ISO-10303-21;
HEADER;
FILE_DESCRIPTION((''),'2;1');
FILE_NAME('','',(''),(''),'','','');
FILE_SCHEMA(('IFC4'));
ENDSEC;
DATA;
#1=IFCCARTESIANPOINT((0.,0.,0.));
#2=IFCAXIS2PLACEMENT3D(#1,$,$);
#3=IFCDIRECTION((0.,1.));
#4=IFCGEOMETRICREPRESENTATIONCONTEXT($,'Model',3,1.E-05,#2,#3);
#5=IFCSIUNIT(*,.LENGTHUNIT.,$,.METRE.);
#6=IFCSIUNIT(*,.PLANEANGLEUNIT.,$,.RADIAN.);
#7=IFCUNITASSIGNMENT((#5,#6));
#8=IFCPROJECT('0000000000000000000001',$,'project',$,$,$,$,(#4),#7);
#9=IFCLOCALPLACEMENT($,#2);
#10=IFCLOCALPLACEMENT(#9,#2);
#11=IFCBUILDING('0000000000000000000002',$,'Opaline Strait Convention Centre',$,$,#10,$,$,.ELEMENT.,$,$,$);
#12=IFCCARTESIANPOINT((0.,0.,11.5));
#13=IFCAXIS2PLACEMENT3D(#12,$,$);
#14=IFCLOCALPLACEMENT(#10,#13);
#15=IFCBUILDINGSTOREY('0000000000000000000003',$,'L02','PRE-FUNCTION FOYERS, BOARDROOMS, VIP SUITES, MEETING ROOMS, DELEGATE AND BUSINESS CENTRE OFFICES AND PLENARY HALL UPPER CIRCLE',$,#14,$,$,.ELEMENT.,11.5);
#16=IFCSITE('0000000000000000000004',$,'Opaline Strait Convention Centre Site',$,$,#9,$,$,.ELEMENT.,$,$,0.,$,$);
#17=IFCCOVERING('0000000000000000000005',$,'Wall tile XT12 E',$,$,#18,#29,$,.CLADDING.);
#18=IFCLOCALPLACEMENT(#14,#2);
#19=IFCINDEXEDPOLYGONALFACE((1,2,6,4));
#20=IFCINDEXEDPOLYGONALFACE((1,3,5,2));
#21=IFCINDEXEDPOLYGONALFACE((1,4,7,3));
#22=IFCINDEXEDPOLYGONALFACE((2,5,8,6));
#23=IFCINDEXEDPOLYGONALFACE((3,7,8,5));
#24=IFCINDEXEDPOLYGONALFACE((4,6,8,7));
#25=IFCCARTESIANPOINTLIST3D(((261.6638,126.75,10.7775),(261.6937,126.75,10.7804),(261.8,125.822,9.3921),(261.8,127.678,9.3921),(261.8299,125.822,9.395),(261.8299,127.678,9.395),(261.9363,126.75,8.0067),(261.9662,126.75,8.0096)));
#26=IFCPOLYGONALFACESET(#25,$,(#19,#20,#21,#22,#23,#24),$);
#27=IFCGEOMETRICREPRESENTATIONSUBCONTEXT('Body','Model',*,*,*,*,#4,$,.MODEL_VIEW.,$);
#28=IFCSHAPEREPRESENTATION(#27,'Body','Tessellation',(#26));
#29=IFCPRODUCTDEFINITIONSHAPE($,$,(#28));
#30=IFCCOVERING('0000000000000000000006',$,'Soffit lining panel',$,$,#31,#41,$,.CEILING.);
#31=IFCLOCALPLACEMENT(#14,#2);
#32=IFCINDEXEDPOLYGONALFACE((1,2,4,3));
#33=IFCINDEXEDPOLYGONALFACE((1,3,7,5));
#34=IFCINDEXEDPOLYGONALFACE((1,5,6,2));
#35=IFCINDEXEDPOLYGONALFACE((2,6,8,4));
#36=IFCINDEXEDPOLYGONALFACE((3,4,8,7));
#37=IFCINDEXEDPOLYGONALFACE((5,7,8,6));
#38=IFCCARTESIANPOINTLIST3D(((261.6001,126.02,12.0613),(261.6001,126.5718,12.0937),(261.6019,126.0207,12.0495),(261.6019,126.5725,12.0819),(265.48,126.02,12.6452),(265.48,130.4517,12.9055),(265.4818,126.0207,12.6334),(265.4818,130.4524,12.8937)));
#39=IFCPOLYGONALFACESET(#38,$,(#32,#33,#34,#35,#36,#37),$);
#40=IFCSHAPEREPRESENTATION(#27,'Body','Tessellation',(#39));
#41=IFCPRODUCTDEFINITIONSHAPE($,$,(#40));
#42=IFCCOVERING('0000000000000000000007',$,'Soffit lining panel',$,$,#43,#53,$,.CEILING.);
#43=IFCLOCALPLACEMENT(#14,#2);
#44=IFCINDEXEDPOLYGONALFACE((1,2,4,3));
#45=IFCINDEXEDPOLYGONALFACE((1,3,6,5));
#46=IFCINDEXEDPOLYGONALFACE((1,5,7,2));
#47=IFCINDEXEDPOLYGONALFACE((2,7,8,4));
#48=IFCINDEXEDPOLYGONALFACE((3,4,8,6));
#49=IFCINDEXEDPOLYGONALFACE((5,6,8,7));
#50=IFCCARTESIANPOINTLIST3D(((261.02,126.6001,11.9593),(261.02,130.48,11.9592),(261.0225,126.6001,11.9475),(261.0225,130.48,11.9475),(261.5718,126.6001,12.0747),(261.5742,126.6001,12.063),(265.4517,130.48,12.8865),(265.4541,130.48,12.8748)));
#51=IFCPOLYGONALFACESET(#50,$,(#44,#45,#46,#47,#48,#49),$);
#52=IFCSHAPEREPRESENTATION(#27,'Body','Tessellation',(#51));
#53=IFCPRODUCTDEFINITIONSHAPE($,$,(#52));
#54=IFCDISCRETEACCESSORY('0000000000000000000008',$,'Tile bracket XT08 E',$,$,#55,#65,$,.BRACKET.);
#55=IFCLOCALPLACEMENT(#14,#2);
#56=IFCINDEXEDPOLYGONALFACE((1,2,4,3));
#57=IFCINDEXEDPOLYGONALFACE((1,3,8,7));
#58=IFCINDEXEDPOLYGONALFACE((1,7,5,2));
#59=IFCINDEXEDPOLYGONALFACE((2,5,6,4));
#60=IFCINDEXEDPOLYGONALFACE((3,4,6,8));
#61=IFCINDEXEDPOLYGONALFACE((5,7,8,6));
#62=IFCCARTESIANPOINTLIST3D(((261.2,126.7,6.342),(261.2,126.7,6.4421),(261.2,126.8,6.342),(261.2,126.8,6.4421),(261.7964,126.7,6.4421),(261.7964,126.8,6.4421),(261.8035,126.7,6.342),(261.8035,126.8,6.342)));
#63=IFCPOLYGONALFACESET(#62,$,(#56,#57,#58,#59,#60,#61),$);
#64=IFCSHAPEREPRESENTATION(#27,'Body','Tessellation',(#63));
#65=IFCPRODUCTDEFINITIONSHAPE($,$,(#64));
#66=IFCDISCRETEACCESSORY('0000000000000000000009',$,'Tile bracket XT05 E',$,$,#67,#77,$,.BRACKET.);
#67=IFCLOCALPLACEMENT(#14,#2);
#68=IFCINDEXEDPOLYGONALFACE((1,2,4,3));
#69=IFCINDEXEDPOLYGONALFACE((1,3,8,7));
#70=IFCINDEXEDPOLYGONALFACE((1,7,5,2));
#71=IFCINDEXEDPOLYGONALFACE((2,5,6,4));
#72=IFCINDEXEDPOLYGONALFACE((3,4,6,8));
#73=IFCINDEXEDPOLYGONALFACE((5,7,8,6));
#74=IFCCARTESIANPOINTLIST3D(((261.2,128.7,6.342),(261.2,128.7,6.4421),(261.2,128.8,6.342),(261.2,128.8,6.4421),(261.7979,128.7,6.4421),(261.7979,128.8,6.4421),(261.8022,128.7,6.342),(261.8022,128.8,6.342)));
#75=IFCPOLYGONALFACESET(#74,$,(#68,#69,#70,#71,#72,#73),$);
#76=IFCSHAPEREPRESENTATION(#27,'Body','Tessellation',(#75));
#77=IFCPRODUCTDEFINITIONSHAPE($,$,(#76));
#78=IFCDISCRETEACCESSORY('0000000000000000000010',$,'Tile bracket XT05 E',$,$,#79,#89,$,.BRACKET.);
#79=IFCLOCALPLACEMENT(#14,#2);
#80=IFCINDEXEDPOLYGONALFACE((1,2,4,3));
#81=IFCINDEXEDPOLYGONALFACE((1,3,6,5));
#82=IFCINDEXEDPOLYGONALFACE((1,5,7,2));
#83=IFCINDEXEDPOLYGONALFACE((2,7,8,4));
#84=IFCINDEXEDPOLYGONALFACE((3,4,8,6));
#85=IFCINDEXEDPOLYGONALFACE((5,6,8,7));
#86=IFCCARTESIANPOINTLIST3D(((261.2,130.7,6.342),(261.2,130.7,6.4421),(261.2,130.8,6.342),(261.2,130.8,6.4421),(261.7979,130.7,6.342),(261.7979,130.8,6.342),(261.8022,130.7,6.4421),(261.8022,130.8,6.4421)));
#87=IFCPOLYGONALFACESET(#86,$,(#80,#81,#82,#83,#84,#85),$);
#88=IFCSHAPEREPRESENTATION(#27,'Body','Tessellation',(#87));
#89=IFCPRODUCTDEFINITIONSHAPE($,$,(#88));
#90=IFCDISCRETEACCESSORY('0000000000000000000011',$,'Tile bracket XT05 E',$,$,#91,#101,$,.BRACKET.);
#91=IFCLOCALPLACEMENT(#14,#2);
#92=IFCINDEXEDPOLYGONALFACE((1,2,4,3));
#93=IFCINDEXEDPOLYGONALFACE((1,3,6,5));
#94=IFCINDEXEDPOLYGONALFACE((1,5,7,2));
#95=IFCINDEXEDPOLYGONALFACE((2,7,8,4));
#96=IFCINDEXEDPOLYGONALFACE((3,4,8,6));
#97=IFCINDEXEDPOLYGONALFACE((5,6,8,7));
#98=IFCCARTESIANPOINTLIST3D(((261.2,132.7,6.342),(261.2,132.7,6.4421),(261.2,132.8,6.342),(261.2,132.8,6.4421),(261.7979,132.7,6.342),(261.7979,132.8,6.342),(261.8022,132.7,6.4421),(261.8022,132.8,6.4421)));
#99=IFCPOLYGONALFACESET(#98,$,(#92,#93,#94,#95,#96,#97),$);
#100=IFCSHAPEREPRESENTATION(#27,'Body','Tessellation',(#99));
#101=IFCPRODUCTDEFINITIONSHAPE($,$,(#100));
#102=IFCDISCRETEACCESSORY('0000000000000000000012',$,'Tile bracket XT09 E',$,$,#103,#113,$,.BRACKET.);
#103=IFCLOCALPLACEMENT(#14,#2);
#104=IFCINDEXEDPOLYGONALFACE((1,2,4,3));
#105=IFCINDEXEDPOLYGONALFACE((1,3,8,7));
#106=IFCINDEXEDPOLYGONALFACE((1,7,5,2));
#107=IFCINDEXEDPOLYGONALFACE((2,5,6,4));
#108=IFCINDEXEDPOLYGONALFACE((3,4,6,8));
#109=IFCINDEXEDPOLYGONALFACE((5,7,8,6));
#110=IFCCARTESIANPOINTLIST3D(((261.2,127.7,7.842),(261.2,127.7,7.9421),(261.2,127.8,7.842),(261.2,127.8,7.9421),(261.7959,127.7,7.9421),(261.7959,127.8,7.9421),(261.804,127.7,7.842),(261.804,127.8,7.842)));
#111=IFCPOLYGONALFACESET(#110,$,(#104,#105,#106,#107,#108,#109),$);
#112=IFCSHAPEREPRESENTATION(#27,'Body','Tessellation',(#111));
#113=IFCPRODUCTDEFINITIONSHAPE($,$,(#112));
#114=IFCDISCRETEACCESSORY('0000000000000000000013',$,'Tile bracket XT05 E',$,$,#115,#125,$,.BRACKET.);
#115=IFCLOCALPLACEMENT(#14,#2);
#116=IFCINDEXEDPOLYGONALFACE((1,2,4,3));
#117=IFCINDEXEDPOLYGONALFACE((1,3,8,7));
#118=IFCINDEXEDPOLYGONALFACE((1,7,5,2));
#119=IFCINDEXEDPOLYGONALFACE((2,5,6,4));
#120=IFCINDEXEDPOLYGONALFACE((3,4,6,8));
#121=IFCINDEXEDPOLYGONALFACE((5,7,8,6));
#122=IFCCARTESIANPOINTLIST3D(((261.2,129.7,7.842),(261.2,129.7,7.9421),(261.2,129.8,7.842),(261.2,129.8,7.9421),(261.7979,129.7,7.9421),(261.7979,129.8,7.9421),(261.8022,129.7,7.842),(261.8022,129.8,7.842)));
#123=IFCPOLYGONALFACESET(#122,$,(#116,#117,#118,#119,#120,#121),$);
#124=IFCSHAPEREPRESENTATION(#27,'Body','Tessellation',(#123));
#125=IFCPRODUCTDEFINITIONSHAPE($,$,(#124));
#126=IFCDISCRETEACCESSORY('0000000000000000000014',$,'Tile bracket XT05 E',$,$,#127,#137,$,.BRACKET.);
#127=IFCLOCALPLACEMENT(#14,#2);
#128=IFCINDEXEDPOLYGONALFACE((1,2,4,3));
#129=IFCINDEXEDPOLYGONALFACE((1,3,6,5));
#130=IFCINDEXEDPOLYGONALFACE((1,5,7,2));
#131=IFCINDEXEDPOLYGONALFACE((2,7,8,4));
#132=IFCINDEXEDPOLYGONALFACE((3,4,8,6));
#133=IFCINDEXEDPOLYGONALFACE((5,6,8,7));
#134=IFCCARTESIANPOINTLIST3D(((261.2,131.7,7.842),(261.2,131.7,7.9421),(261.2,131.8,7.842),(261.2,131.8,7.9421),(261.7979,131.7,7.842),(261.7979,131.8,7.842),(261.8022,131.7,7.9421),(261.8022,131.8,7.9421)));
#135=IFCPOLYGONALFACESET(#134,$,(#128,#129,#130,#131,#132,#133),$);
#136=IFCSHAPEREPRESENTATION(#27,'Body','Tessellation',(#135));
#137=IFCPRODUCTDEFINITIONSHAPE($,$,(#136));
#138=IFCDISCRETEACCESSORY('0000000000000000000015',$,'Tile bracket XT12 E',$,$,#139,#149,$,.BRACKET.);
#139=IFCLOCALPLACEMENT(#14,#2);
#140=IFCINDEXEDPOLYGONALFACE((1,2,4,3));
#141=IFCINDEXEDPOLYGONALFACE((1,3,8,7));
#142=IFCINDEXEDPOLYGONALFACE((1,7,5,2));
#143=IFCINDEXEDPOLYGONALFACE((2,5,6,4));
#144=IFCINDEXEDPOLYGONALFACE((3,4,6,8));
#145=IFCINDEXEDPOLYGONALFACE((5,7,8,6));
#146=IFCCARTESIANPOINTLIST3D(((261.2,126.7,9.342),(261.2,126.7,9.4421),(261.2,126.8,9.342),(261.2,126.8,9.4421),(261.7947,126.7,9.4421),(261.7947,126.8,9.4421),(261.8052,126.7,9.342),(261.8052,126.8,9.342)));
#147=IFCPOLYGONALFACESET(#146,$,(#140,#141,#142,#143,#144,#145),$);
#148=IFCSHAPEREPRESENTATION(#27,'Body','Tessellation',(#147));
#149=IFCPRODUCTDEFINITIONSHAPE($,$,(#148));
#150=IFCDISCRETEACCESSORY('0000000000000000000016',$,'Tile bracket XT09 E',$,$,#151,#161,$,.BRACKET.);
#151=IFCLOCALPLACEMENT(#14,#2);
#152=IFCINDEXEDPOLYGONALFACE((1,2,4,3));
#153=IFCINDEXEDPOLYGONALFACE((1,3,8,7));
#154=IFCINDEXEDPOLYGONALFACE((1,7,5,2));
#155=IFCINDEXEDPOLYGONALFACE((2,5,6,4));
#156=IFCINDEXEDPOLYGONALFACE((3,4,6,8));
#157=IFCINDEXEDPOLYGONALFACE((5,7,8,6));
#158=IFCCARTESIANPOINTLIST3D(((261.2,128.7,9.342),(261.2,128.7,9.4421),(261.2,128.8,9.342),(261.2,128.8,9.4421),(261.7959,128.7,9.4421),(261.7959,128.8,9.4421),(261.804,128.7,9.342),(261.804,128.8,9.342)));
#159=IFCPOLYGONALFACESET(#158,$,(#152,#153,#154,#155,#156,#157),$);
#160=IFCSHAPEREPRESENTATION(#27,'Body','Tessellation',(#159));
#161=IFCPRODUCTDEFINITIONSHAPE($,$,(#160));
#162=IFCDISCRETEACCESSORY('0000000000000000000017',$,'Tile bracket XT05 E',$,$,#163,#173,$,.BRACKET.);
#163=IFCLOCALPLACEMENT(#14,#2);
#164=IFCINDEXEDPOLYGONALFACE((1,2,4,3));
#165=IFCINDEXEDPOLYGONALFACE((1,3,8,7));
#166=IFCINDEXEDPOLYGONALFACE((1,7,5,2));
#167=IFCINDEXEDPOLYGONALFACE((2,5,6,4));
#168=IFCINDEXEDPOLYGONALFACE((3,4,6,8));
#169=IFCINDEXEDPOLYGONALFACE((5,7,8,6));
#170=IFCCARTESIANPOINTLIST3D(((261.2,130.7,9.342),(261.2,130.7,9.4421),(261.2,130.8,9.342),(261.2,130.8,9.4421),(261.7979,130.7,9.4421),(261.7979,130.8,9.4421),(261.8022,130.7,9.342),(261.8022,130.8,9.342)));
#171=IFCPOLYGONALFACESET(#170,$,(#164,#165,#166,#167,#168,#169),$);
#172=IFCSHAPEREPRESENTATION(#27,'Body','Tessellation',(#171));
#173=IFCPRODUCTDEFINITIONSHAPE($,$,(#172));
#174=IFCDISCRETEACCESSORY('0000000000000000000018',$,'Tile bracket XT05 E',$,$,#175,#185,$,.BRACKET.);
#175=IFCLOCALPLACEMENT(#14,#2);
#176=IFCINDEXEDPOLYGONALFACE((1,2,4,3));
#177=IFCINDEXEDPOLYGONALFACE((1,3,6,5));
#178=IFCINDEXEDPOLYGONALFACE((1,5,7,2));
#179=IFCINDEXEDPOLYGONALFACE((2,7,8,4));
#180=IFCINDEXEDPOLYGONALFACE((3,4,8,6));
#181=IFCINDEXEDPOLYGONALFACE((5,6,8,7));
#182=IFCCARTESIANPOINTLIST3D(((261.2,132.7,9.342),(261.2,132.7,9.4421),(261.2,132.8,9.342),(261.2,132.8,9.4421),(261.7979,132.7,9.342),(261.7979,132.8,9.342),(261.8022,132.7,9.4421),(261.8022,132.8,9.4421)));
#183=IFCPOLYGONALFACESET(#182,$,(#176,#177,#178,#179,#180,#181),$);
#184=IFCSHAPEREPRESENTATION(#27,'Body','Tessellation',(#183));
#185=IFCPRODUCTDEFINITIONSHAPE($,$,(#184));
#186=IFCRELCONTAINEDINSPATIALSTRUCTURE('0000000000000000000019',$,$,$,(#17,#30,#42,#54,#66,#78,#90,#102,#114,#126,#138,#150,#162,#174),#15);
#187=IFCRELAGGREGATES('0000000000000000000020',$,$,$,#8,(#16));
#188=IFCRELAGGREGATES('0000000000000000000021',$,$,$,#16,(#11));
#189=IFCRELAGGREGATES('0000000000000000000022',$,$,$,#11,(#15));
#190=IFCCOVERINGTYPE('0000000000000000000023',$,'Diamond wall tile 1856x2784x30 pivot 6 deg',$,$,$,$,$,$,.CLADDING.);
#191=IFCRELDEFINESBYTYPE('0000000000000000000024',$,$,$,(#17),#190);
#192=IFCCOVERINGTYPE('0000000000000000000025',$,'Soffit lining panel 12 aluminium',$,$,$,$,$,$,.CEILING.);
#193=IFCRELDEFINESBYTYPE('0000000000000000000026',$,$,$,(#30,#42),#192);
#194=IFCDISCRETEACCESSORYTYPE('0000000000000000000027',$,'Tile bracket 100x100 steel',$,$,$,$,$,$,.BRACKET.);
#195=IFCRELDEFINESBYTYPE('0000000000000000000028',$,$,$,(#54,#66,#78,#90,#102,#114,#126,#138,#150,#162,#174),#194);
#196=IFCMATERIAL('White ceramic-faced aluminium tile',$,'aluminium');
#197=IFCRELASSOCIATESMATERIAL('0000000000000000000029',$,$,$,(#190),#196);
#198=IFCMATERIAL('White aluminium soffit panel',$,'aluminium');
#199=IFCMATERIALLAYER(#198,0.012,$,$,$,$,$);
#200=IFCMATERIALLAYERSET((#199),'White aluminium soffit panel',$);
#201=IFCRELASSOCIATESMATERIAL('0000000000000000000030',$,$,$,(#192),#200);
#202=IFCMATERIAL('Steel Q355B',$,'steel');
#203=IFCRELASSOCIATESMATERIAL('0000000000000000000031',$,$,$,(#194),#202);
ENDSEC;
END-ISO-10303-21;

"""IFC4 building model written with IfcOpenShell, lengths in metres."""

from ifc_helpers import new_model, si_unit, direction, frame, origin, place, context, subcontext, project, spatial, polyline, outline, extrude, material, layer, layer_set, material_profile, profile_set, type_object, element, save


model = new_model("IFC4")

# Units and contexts
model_context = context("Model", 3, precision=1e-05, world=origin(), true_north=direction((0.0, 1.0)))
body_context = subcontext(model_context, "Body", "Model", "MODEL_VIEW")
ifc_project = project(units=[si_unit("LENGTHUNIT", "METRE"), si_unit("PLANEANGLEUNIT", "RADIAN")], contexts=[model_context])

# Site, building, storey
site_placement = place(None, origin())
site = spatial("IfcSite", under=ifc_project, at=site_placement, Name="Opaline Strait Convention Centre Site", CompositionType="ELEMENT", RefElevation=0.0)
building_placement = place(site_placement, origin())
building = spatial("IfcBuilding", under=site, at=building_placement, Name="Opaline Strait Convention Centre", CompositionType="ELEMENT")
storey_placement = place(building_placement, frame((0.0, 0.0, 11.5)))
storey = spatial("IfcBuildingStorey", under=building, at=storey_placement, Name="L02", Description="PRE-FUNCTION FOYERS, BOARDROOMS, VIP SUITES, MEETING ROOMS, DELEGATE AND BUSINESS CENTRE OFFICES AND PLENARY HALL UPPER CIRCLE", CompositionType="ELEMENT", Elevation=11.5)

# Shared definitions
ifc_material_1 = material(Name="Steel Q355B", Category="steel")

# Coverings
ifc_material_2 = material(Name="White ceramic-faced aluminium tile", Category="aluminium")
ifc_material_profile_1 = material_profile(ifc_material_2, outline(polyline([(0.928, 0.0), (0.0, 1.3921), (-0.928, 0.0), (0.0, -1.3921), (0.928, 0.0)])), Name="Diamond tile 1856x2784")
ifc_profile_set_1 = profile_set([ifc_material_profile_1], Name="White ceramic-faced aluminium tile")
covering_type_1 = type_object("IfcCoveringType", Name="Diamond wall tile 1856x2784x30 pivot 6 deg", PredefinedType="CLADDING", material=ifc_profile_set_1)
covering_1_placement = place(storey_placement, frame((261.8, 126.75, 9.3921), z_axis=(0.995197, 0.0, 0.097888), x_axis=(0.0, 1.0, 0.0)))
element("IfcCovering", 1, at=covering_1_placement, inside=storey, type_object=covering_type_1, Name="Wall tile XT12 E", PredefinedType="CLADDING", context=body_context, shape_type="SweptSolid", body=[
    extrude(outline(polyline([(0.928, 0.0), (0.0, 1.3921), (-0.928, 0.0), (0.0, -1.3921), (0.928, 0.0)])), origin(), (0.0, 0.0, 1.0), 0.03),
])
ifc_material_3 = material(Name="White aluminium soffit panel", Category="aluminium")
ifc_layer = layer(ifc_material_3, 0.012)
ifc_layer_set = layer_set([ifc_layer], Name="White aluminium soffit panel")
covering_type_2 = type_object("IfcCoveringType", Name="Soffit lining panel 12 aluminium", PredefinedType="CEILING", material=ifc_layer_set)
covering_2_placement = place(storey_placement, frame((261.6001, 126.02, 12.0613), z_axis=(-0.148574, -0.057988, 0.9872), x_axis=(0.000016, 0.998279, 0.058641)))
element("IfcCovering", 2, at=covering_2_placement, inside=storey, type_object=covering_type_2, Name="Soffit lining panel", PredefinedType="CEILING", context=body_context, shape_type="SweptSolid", body=[
    extrude(outline(polyline([(0.0, 0.0), (0.5527, 0.0), (4.4736, -3.9234), (0.0343, -3.9234), (0.0, 0.0)])), origin(), (0.0, 0.0, -1.0), 0.012),
])
covering_3_placement = place(storey_placement, frame((261.5718, 126.6001, 12.0747), z_axis=(-0.204804, 0.000007, 0.978803), x_axis=(-0.978803, 0.0, -0.204804)))
element("IfcCovering", 3, at=covering_3_placement, inside=storey, type_object=covering_type_2, Name="Soffit lining panel", PredefinedType="CEILING", context=body_context, shape_type="SweptSolid", body=[
    extrude(outline(polyline([(0.0, 0.0), (0.5637, 0.0), (0.5637, -3.8799), (-3.9639, -3.8799), (0.0, 0.0)])), origin(), (0.0, 0.0, -1.0), 0.012),
])

# Discrete accessories
discrete_accessory_type = type_object("IfcDiscreteAccessoryType", Name="Tile bracket 100x100 steel", PredefinedType="BRACKET", material=ifc_material_1)
discrete_accessory_1_placement = place(storey_placement, frame((261.2, 126.7, 6.3921), z_axis=(0.0, 1.0, 0.0), x_axis=(-1.0, 0.0, 0.0)))
element("IfcDiscreteAccessory", 4, at=discrete_accessory_1_placement, inside=storey, type_object=discrete_accessory_type, Name="Tile bracket XT08 E", PredefinedType="BRACKET", context=body_context, shape_type="SweptSolid", body=[
    extrude(outline(polyline([(0.0, -0.05), (0.0, 0.05), (-0.5964, 0.05), (-0.6035, -0.05), (0.0, -0.05)])), origin(), (0.0, 0.0, 1.0), 0.1001),
])
discrete_accessory_2_placement = place(storey_placement, frame((261.2, 128.7, 6.3921), z_axis=(0.0, 1.0, 0.0), x_axis=(-1.0, 0.0, 0.0)))
element("IfcDiscreteAccessory", 5, at=discrete_accessory_2_placement, inside=storey, type_object=discrete_accessory_type, Name="Tile bracket XT05 E", PredefinedType="BRACKET", context=body_context, shape_type="SweptSolid", body=[
    extrude(outline(polyline([(0.0, -0.05), (0.0, 0.05), (-0.5979, 0.05), (-0.6023, -0.05), (0.0, -0.05)])), origin(), (0.0, 0.0, 1.0), 0.1001),
])
for number, where, z_axis, x_axis, name in (
    (6, (261.2, 130.7, 6.3921), (0.0, 1.0, 0.0), (-1.0, 0.0, 0.0), "Tile bracket XT05 E"),
    (7, (261.2, 132.7, 6.3921), (0.0, 1.0, 0.0), (-1.0, 0.0, 0.0), "Tile bracket XT05 E"),
):
    element("IfcDiscreteAccessory", number, at=place(storey_placement, frame(where, z_axis=z_axis, x_axis=x_axis)), inside=storey, type_object=discrete_accessory_type, Name=name, PredefinedType="BRACKET", context=body_context, shape_type="SweptSolid", body=[
        extrude(outline(polyline([(0.0, -0.05), (0.0, 0.05), (-0.6023, 0.05), (-0.5979, -0.05), (0.0, -0.05)])), origin(), (0.0, 0.0, 1.0), 0.1001),
    ])
discrete_accessory_3_placement = place(storey_placement, frame((261.2, 127.7, 7.8921), z_axis=(0.0, 1.0, 0.0), x_axis=(-1.0, 0.0, 0.0)))
element("IfcDiscreteAccessory", 8, at=discrete_accessory_3_placement, inside=storey, type_object=discrete_accessory_type, Name="Tile bracket XT09 E", PredefinedType="BRACKET", context=body_context, shape_type="SweptSolid", body=[
    extrude(outline(polyline([(0.0, -0.05), (0.0, 0.05), (-0.5959, 0.05), (-0.604, -0.05), (0.0, -0.05)])), origin(), (0.0, 0.0, 1.0), 0.1001),
])
discrete_accessory_4_placement = place(storey_placement, frame((261.2, 129.7, 7.8921), z_axis=(0.0, 1.0, 0.0), x_axis=(-1.0, 0.0, 0.0)))
element("IfcDiscreteAccessory", 9, at=discrete_accessory_4_placement, inside=storey, type_object=discrete_accessory_type, Name="Tile bracket XT05 E", PredefinedType="BRACKET", context=body_context, shape_type="SweptSolid", body=[
    extrude(outline(polyline([(0.0, -0.05), (0.0, 0.05), (-0.5979, 0.05), (-0.6023, -0.05), (0.0, -0.05)])), origin(), (0.0, 0.0, 1.0), 0.1001),
])
discrete_accessory_5_placement = place(storey_placement, frame((261.2, 131.7, 7.8921), z_axis=(0.0, 1.0, 0.0), x_axis=(-1.0, 0.0, 0.0)))
element("IfcDiscreteAccessory", 10, at=discrete_accessory_5_placement, inside=storey, type_object=discrete_accessory_type, Name="Tile bracket XT05 E", PredefinedType="BRACKET", context=body_context, shape_type="SweptSolid", body=[
    extrude(outline(polyline([(0.0, -0.05), (0.0, 0.05), (-0.6023, 0.05), (-0.5979, -0.05), (0.0, -0.05)])), origin(), (0.0, 0.0, 1.0), 0.1001),
])
discrete_accessory_6_placement = place(storey_placement, frame((261.2, 126.7, 9.3921), z_axis=(0.0, 1.0, 0.0), x_axis=(-1.0, 0.0, 0.0)))
element("IfcDiscreteAccessory", 11, at=discrete_accessory_6_placement, inside=storey, type_object=discrete_accessory_type, Name="Tile bracket XT12 E", PredefinedType="BRACKET", context=body_context, shape_type="SweptSolid", body=[
    extrude(outline(polyline([(0.0, -0.05), (0.0, 0.05), (-0.5947, 0.05), (-0.6052, -0.05), (0.0, -0.05)])), origin(), (0.0, 0.0, 1.0), 0.1001),
])
discrete_accessory_7_placement = place(storey_placement, frame((261.2, 128.7, 9.3921), z_axis=(0.0, 1.0, 0.0), x_axis=(-1.0, 0.0, 0.0)))
element("IfcDiscreteAccessory", 12, at=discrete_accessory_7_placement, inside=storey, type_object=discrete_accessory_type, Name="Tile bracket XT09 E", PredefinedType="BRACKET", context=body_context, shape_type="SweptSolid", body=[
    extrude(outline(polyline([(0.0, -0.05), (0.0, 0.05), (-0.5959, 0.05), (-0.604, -0.05), (0.0, -0.05)])), origin(), (0.0, 0.0, 1.0), 0.1001),
])
discrete_accessory_8_placement = place(storey_placement, frame((261.2, 130.7, 9.3921), z_axis=(0.0, 1.0, 0.0), x_axis=(-1.0, 0.0, 0.0)))
element("IfcDiscreteAccessory", 13, at=discrete_accessory_8_placement, inside=storey, type_object=discrete_accessory_type, Name="Tile bracket XT05 E", PredefinedType="BRACKET", context=body_context, shape_type="SweptSolid", body=[
    extrude(outline(polyline([(0.0, -0.05), (0.0, 0.05), (-0.5979, 0.05), (-0.6023, -0.05), (0.0, -0.05)])), origin(), (0.0, 0.0, 1.0), 0.1001),
])
discrete_accessory_9_placement = place(storey_placement, frame((261.2, 132.7, 9.3921), z_axis=(0.0, 1.0, 0.0), x_axis=(-1.0, 0.0, 0.0)))
element("IfcDiscreteAccessory", 14, at=discrete_accessory_9_placement, inside=storey, type_object=discrete_accessory_type, Name="Tile bracket XT05 E", PredefinedType="BRACKET", context=body_context, shape_type="SweptSolid", body=[
    extrude(outline(polyline([(0.0, -0.05), (0.0, 0.05), (-0.6023, 0.05), (-0.5979, -0.05), (0.0, -0.05)])), origin(), (0.0, 0.0, 1.0), 0.1001),
])

save(model, "model.ifc")
